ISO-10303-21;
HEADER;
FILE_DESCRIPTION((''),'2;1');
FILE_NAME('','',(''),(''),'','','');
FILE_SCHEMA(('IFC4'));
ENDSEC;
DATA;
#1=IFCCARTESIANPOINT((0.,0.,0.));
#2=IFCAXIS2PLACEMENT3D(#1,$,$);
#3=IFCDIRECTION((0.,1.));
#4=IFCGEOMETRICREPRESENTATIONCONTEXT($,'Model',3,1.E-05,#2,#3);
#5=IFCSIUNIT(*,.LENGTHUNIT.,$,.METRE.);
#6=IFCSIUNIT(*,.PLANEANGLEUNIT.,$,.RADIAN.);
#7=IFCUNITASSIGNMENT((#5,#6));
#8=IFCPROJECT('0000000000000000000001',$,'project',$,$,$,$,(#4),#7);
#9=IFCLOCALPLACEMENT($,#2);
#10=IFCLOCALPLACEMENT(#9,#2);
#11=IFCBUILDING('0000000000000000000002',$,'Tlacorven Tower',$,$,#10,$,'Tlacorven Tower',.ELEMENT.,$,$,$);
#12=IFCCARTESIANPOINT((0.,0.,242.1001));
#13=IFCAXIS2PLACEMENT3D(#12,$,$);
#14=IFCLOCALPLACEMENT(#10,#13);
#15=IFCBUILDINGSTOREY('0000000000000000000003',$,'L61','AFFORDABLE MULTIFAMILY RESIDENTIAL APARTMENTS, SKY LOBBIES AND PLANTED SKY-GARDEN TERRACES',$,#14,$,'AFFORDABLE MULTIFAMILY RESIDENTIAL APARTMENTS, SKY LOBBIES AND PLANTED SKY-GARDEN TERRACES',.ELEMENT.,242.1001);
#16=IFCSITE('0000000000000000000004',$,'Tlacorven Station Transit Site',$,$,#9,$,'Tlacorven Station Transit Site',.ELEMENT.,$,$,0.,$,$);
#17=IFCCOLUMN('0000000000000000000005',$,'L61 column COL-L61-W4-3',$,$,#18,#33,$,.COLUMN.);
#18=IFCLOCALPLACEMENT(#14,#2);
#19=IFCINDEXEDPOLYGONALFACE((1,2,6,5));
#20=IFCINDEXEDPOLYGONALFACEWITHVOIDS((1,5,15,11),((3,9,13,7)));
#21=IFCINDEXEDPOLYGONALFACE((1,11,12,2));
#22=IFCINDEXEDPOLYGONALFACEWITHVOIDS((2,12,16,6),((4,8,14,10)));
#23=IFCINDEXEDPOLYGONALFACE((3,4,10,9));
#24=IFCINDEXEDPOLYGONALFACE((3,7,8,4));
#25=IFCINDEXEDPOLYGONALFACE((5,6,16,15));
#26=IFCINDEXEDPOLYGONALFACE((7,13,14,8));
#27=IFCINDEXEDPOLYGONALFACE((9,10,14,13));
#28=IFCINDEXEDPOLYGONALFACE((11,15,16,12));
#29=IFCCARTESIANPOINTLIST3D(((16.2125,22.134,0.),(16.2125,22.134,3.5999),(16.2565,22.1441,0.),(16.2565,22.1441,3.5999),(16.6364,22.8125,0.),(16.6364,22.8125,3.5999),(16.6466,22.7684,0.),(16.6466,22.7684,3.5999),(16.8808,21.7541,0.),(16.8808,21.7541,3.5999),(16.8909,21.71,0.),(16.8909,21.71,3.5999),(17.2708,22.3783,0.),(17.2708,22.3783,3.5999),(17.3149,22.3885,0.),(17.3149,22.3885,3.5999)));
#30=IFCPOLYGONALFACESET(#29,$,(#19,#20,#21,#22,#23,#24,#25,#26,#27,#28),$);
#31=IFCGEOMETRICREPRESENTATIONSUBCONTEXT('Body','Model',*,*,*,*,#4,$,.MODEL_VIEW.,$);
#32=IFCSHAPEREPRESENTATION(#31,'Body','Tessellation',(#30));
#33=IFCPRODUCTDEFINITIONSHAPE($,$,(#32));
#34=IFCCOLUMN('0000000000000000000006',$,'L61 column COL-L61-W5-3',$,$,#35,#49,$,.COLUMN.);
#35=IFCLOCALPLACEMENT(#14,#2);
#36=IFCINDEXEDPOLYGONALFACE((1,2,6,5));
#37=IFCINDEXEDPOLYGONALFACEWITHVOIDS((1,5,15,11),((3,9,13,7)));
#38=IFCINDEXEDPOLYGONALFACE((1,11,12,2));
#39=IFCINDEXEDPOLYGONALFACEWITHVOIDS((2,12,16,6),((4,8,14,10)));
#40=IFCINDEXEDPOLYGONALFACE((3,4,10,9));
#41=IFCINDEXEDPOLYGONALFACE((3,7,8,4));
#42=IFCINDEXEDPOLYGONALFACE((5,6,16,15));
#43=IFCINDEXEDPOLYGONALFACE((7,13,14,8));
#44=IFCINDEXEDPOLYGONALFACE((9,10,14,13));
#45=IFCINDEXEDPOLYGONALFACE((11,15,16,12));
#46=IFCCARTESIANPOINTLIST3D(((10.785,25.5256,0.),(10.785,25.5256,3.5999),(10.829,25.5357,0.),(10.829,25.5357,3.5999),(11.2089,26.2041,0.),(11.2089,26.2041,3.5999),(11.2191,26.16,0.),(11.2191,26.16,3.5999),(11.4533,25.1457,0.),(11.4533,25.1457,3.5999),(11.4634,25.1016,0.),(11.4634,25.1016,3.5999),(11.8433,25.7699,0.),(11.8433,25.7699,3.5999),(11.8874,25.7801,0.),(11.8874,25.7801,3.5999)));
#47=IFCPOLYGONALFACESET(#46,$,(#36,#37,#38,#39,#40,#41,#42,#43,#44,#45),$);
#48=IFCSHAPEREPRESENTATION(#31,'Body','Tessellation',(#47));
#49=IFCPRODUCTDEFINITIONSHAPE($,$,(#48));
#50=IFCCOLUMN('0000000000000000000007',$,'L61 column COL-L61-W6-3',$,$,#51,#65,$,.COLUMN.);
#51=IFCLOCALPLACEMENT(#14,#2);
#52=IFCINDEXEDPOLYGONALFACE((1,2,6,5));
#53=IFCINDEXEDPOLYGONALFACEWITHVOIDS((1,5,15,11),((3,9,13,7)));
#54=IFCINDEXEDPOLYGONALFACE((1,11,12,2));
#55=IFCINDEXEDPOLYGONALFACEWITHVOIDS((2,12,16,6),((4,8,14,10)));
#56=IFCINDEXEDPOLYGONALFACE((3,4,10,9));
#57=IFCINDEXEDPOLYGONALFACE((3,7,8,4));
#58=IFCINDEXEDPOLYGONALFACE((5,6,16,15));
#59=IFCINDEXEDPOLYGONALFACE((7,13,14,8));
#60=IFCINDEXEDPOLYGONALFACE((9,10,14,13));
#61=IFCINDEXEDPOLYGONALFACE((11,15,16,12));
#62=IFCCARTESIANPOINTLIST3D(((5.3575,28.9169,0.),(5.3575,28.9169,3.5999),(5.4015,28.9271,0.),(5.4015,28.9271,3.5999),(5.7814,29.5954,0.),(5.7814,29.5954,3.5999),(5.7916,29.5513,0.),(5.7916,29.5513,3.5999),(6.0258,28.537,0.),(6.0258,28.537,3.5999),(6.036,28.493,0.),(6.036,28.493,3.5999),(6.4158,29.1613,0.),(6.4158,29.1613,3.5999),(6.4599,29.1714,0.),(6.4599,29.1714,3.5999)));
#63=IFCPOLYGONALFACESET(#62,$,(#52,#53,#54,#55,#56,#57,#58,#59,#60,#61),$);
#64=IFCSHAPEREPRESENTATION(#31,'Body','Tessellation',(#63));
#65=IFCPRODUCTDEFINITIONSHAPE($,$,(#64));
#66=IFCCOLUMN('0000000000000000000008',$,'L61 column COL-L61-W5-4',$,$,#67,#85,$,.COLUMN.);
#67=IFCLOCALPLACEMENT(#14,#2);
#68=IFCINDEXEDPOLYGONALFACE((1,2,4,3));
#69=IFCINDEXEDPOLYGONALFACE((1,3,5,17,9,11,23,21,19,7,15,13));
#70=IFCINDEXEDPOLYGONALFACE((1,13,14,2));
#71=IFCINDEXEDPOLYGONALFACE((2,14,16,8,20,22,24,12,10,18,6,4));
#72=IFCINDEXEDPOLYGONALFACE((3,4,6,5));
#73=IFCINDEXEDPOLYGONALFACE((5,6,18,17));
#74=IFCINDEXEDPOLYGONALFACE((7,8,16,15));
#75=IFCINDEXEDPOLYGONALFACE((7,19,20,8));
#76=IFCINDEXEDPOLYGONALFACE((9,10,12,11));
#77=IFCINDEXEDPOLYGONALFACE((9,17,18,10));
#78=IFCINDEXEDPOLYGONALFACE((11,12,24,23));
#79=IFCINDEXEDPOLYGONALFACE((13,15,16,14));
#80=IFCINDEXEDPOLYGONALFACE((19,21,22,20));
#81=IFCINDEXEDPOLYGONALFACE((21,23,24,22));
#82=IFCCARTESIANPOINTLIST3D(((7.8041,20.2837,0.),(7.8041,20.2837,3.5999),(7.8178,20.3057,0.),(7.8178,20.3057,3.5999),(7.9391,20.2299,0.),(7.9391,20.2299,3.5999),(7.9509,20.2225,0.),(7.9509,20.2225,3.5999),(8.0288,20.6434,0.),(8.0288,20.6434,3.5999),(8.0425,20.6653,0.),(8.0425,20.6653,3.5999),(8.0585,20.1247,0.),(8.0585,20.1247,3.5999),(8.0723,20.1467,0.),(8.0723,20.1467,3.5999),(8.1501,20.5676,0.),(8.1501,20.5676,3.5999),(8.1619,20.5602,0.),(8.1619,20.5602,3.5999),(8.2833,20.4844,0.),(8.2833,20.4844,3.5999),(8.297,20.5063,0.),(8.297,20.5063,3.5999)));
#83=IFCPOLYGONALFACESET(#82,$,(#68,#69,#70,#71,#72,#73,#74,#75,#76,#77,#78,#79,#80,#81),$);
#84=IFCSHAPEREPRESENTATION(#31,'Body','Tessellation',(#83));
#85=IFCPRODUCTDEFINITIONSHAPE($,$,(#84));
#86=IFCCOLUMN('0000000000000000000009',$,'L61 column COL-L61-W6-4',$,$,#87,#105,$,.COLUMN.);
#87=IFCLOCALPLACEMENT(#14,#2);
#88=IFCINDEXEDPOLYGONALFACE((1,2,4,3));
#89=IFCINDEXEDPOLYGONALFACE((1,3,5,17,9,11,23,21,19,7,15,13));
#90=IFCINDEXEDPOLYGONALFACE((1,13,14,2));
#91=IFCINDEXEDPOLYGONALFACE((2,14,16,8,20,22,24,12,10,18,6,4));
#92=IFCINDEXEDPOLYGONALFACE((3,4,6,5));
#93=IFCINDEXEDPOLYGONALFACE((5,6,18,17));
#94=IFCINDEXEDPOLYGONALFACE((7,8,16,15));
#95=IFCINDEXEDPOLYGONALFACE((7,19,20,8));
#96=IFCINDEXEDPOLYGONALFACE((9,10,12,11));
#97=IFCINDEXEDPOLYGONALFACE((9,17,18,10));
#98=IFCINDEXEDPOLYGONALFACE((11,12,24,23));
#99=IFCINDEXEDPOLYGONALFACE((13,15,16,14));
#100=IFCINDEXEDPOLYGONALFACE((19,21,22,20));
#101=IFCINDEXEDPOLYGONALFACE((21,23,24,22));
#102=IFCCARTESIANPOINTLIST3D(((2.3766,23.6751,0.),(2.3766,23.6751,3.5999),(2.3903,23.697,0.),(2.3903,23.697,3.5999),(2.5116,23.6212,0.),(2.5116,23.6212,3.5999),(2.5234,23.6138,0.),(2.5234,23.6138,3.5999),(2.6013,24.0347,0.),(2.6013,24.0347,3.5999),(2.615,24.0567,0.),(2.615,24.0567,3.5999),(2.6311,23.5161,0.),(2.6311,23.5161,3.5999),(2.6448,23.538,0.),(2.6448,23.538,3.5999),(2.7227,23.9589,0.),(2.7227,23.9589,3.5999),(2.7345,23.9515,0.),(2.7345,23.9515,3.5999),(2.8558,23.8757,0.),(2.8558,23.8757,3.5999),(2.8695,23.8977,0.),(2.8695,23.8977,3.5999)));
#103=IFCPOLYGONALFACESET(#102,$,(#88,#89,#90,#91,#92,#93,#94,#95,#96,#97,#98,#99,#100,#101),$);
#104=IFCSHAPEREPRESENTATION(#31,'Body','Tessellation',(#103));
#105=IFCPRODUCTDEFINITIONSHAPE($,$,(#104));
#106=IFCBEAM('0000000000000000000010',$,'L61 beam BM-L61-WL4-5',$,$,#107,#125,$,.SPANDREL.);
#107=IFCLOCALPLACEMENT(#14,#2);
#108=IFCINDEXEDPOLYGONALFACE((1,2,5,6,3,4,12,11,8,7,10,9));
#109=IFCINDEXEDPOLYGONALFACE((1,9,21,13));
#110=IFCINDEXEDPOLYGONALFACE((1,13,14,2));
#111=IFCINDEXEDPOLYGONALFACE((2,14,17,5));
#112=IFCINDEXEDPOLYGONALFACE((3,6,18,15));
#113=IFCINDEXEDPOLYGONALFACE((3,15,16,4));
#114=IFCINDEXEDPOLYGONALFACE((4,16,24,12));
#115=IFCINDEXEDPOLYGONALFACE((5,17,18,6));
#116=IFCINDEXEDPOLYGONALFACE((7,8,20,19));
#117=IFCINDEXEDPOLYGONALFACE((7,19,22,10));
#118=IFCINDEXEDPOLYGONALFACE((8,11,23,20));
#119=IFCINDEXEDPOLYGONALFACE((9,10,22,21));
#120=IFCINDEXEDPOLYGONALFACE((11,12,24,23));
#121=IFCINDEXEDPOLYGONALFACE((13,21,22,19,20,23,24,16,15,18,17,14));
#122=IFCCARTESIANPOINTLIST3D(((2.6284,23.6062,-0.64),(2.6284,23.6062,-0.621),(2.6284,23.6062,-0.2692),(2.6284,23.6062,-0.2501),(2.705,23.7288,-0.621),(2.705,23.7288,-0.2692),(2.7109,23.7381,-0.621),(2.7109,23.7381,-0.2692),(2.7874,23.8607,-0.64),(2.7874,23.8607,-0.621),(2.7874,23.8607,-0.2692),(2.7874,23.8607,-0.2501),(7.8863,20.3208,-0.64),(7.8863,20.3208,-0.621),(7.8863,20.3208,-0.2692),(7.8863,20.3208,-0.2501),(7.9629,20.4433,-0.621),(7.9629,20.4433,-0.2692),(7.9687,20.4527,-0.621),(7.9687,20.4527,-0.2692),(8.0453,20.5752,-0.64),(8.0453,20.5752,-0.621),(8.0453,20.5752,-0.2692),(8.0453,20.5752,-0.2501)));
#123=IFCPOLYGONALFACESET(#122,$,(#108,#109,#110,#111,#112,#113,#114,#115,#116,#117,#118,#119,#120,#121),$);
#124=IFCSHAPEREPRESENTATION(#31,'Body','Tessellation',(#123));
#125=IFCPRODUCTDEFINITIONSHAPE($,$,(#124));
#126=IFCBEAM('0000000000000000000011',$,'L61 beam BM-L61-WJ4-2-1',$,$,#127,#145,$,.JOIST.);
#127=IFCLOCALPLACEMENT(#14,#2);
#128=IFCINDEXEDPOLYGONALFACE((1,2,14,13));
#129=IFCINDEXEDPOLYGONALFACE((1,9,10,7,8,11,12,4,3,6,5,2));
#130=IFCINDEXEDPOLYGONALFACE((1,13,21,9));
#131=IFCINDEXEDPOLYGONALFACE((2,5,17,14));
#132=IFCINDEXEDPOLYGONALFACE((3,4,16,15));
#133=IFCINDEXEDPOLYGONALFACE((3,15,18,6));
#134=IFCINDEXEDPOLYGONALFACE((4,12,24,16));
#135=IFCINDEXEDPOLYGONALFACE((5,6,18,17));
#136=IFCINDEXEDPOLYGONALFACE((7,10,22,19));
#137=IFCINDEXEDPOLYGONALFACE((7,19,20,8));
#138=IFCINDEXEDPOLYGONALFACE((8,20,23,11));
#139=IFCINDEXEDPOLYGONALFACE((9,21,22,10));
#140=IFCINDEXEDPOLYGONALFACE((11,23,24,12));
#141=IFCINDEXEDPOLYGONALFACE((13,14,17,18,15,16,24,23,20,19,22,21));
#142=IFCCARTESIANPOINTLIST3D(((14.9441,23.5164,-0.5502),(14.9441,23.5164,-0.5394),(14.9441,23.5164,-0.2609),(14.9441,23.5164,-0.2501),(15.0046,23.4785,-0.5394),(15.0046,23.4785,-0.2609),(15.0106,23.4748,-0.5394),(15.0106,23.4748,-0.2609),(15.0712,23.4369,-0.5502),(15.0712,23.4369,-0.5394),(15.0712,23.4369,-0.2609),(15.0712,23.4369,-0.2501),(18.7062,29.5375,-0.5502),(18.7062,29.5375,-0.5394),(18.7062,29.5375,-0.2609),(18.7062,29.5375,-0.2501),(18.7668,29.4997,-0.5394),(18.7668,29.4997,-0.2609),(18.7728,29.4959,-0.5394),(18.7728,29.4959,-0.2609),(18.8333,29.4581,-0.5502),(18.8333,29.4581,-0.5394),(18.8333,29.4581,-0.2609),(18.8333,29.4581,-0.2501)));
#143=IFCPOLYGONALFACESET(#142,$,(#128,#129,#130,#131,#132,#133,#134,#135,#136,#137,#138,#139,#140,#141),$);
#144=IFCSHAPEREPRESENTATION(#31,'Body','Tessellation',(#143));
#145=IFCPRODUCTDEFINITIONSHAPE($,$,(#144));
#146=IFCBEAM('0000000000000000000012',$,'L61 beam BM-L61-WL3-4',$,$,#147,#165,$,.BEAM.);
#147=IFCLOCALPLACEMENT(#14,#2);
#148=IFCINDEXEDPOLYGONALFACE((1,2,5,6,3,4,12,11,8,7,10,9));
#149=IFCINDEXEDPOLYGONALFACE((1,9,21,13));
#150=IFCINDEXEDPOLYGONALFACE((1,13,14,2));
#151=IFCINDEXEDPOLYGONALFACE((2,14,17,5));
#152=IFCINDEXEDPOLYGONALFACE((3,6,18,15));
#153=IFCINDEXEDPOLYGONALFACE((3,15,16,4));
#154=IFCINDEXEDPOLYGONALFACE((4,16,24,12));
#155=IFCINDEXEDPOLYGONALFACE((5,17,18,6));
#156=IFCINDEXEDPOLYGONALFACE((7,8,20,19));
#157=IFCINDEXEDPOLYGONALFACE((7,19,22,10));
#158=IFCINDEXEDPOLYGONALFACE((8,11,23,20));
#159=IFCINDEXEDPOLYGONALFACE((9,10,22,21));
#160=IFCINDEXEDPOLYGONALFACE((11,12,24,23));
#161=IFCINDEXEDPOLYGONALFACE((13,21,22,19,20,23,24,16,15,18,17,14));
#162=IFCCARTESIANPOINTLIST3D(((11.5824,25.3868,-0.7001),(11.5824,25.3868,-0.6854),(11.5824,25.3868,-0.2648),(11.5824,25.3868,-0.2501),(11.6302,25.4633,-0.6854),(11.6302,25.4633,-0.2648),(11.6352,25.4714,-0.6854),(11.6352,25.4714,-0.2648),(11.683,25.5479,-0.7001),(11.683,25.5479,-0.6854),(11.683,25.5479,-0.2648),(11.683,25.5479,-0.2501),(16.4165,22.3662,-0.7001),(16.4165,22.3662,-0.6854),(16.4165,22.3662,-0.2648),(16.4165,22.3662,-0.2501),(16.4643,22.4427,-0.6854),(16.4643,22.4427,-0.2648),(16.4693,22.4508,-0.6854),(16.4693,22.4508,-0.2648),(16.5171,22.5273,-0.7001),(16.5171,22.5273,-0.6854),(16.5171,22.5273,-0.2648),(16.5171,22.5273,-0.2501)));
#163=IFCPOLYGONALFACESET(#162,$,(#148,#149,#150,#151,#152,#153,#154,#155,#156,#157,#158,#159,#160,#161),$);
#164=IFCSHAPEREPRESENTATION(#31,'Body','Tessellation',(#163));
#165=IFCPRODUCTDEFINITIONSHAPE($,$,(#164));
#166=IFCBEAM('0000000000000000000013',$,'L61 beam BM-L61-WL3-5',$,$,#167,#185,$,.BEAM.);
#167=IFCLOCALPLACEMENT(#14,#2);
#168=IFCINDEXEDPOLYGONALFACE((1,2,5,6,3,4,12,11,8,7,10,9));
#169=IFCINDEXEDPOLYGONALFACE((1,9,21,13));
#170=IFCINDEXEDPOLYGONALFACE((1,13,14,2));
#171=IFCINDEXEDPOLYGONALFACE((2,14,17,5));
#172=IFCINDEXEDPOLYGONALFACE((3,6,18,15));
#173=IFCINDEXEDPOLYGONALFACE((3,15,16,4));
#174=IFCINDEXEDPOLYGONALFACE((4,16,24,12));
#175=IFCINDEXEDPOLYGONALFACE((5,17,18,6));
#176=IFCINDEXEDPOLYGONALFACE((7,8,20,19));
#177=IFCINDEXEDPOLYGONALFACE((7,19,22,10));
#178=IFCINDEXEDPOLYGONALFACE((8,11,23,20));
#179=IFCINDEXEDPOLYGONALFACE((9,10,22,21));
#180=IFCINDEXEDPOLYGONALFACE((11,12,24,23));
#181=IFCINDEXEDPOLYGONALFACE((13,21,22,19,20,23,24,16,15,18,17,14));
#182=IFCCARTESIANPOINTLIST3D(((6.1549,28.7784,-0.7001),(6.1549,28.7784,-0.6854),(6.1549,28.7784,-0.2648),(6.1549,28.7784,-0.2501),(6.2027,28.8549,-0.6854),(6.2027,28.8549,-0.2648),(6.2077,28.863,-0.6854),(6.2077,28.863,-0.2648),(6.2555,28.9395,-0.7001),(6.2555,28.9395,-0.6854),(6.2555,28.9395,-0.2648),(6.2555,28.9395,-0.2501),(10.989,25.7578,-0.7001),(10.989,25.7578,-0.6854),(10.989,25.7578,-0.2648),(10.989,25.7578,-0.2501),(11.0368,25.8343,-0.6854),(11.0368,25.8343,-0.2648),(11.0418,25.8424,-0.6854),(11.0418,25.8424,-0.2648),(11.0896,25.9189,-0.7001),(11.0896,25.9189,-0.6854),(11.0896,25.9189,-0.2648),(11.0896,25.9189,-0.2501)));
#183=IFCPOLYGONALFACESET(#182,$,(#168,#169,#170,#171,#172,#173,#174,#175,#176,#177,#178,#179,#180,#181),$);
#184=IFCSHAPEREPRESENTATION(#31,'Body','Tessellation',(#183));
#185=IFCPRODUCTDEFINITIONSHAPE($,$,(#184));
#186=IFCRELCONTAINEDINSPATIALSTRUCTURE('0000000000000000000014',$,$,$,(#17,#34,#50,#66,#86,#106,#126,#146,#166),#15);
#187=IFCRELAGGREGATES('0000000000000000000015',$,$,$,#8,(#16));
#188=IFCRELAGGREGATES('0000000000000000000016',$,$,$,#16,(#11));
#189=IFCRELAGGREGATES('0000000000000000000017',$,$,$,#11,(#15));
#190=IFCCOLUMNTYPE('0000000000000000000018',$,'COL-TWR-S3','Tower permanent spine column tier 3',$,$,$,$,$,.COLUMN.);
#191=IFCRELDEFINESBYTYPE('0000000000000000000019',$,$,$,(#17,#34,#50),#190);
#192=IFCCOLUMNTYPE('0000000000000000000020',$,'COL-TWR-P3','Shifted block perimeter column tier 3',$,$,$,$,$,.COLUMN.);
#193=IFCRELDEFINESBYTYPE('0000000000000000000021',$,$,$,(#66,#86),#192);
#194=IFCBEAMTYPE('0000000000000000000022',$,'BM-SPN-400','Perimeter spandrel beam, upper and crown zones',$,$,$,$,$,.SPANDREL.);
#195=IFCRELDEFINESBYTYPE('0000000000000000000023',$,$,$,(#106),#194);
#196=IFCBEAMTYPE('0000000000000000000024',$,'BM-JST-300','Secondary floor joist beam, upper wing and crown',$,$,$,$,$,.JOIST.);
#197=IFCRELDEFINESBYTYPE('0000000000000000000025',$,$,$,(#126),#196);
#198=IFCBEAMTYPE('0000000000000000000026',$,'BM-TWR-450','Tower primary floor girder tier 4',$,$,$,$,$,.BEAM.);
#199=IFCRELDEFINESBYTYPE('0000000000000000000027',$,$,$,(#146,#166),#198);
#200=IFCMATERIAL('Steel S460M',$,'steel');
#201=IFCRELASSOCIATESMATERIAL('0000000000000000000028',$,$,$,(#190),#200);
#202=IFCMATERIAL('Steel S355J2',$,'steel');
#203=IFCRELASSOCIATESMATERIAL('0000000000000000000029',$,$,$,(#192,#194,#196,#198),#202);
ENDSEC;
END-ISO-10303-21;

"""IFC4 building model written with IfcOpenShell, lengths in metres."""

from ifc_helpers import new_model, si_unit, direction, frame, origin, origin_2d, place, context, subcontext, project, spatial, hollow_rectangle, i_section, extrude, source, transform, mapped, material, material_profile, profile_set, type_object, element, save


model = new_model("IFC4")

# Units and contexts
model_context = context("Model", 3, precision=1e-05, world=origin(), true_north=direction((0.0, 1.0)))
body_context = subcontext(model_context, "Body", "Model", "MODEL_VIEW")
ifc_project = project(units=[si_unit("LENGTHUNIT", "METRE"), si_unit("PLANEANGLEUNIT", "RADIAN")], contexts=[model_context])

# Site, building, storey
site_placement = place(None, origin())
site = spatial("IfcSite", under=ifc_project, at=site_placement, Name="Tlacorven Station Transit Site", LongName="Tlacorven Station Transit Site", CompositionType="ELEMENT", RefElevation=0.0)
building_placement = place(site_placement, origin())
building = spatial("IfcBuilding", under=site, at=building_placement, Name="Tlacorven Tower", LongName="Tlacorven Tower", CompositionType="ELEMENT")
storey_placement = place(building_placement, frame((0.0, 0.0, 242.1001)))
storey = spatial("IfcBuildingStorey", under=building, at=storey_placement, Name="L61", Description="AFFORDABLE MULTIFAMILY RESIDENTIAL APARTMENTS, SKY LOBBIES AND PLANTED SKY-GARDEN TERRACES", LongName="AFFORDABLE MULTIFAMILY RESIDENTIAL APARTMENTS, SKY LOBBIES AND PLANTED SKY-GARDEN TERRACES", CompositionType="ELEMENT", Elevation=242.1001)

# Columns
ifc_material_1 = material(Name="Steel S460M", Category="steel")
ifc_material_profile_1 = material_profile(ifc_material_1, hollow_rectangle(XDim=0.8, YDim=0.8, WallThickness=0.032, at=origin_2d()), Name="BOX 800X800X32")
ifc_profile_set_1 = profile_set([ifc_material_profile_1], Name="Steel S460M")
column_type_1 = type_object("IfcColumnType", Name="COL-TWR-S3", Description="Tower permanent spine column tier 3", PredefinedType="COLUMN", material=ifc_profile_set_1)
shared_shape_1 = source(origin(), body_context, "Body", "SweptSolid", [
    extrude(hollow_rectangle(XDim=0.8, YDim=0.8, WallThickness=0.032, at=origin_2d()), origin(), (0.0, 0.0, 1.0), 3.5999),
])
for number, where, z_axis, x_axis, name in (
    (1, (16.7637, 22.2612, 0.0), (0.0, 0.0, 1.0), (-0.848048, 0.529919, 0.0), "L61 column COL-L61-W4-3"),
    (2, (11.3362, 25.6528, 0.0), (0.0, 0.0, 1.0), (-0.848048, 0.529919, 0.0), "L61 column COL-L61-W5-3"),
    (3, (5.9087, 29.0442, 0.0), (0.0, 0.0, 1.0), (-0.848048, 0.529919, 0.0), "L61 column COL-L61-W6-3"),
):
    element("IfcColumn", number, at=place(storey_placement, frame(where, z_axis=z_axis, x_axis=x_axis)), inside=storey, type_object=column_type_1, Name=name, PredefinedType="COLUMN", context=body_context, shape_type="MappedRepresentation", body=[
        mapped(shared_shape_1, transform((0.0, 0.0, 0.0), scale=1.0)),
    ])
ifc_material_2 = material(Name="Steel S355J2", Category="steel")
ifc_material_profile_2 = material_profile(ifc_material_2, i_section(OverallWidth=0.3, OverallDepth=0.45, WebThickness=0.0139, FlangeThickness=0.0259, at=origin_2d()), Name="HEB 450")
ifc_profile_set_2 = profile_set([ifc_material_profile_2], Name="Steel S355J2")
column_type_2 = type_object("IfcColumnType", Name="COL-TWR-P3", Description="Shifted block perimeter column tier 3", PredefinedType="COLUMN", material=ifc_profile_set_2)
shared_shape_2 = source(origin(), body_context, "Body", "SweptSolid", [
    extrude(i_section(OverallWidth=0.3, OverallDepth=0.45, WebThickness=0.0139, FlangeThickness=0.0259, at=origin_2d()), origin(), (0.0, 0.0, 1.0), 3.5999),
])
for number, where, z_axis, x_axis, name in (
    (4, (8.0505, 20.395, 0.0), (0.0, 0.0, 1.0), (-0.848048, 0.529919, 0.0), "L61 column COL-L61-W5-4"),
    (5, (2.623, 23.7864, 0.0), (0.0, 0.0, 1.0), (-0.848048, 0.529919, 0.0), "L61 column COL-L61-W6-4"),
):
    element("IfcColumn", number, at=place(storey_placement, frame(where, z_axis=z_axis, x_axis=x_axis)), inside=storey, type_object=column_type_2, Name=name, PredefinedType="COLUMN", context=body_context, shape_type="MappedRepresentation", body=[
        mapped(shared_shape_2, transform((0.0, 0.0, 0.0), scale=1.0)),
    ])

# Beams
ifc_material_profile_3 = material_profile(ifc_material_2, i_section(OverallWidth=0.3, OverallDepth=0.3899, WebThickness=0.011, FlangeThickness=0.019, at=origin_2d()), Name="HEA 400")
ifc_profile_set_3 = profile_set([ifc_material_profile_3], Name="Steel S355J2")
beam_type_1 = type_object("IfcBeamType", Name="BM-SPN-400", Description="Perimeter spandrel beam, upper and crown zones", PredefinedType="SPANDREL", material=ifc_profile_set_3)
shared_shape_3 = source(origin(), body_context, "Body", "SweptSolid", [
    extrude(i_section(OverallWidth=0.3, OverallDepth=0.3899, WebThickness=0.011, FlangeThickness=0.019, at=origin_2d()), origin(), (0.0, 0.0, 1.0), 6.2),
])
beam_1_placement = place(storey_placement, frame((7.9658, 20.448, -0.4451), z_axis=(-0.848051, 0.529914, 0.0), x_axis=(-0.529914, -0.848051, 0.0)))
element("IfcBeam", 6, at=beam_1_placement, inside=storey, type_object=beam_type_1, Name="L61 beam BM-L61-WL4-5", PredefinedType="SPANDREL", context=body_context, shape_type="MappedRepresentation", body=[
    mapped(shared_shape_3, transform((0.0, 0.0, 0.0), scale=1.0)),
])
ifc_material_profile_4 = material_profile(ifc_material_2, i_section(OverallWidth=0.1499, OverallDepth=0.3, WebThickness=0.0071, FlangeThickness=0.0107, at=origin_2d()), Name="IPE 300")
ifc_profile_set_4 = profile_set([ifc_material_profile_4], Name="Steel S355J2")
beam_type_2 = type_object("IfcBeamType", Name="BM-JST-300", Description="Secondary floor joist beam, upper wing and crown", PredefinedType="JOIST", material=ifc_profile_set_4)
shared_shape_4 = source(origin(), body_context, "Body", "SweptSolid", [
    extrude(i_section(OverallWidth=0.1499, OverallDepth=0.3, WebThickness=0.0071, FlangeThickness=0.0107, at=origin_2d()), origin(), (0.0, 0.0, 1.0), 7.0999),
])
beam_2_placement = place(storey_placement, frame((18.7698, 29.4978, -0.4001), z_axis=(-0.529891, -0.848066, 0.0), x_axis=(0.848066, -0.529891, 0.0)))
element("IfcBeam", 7, at=beam_2_placement, inside=storey, type_object=beam_type_2, Name="L61 beam BM-L61-WJ4-2-1", PredefinedType="JOIST", context=body_context, shape_type="MappedRepresentation", body=[
    mapped(shared_shape_4, transform((0.0, 0.0, 0.0), scale=1.0)),
])
ifc_material_profile_5 = material_profile(ifc_material_2, i_section(OverallWidth=0.1899, OverallDepth=0.45, WebThickness=0.0095, FlangeThickness=0.0146, at=origin_2d()), Name="IPE 450")
ifc_profile_set_5 = profile_set([ifc_material_profile_5], Name="Steel S355J2")
beam_type_3 = type_object("IfcBeamType", Name="BM-TWR-450", Description="Tower primary floor girder tier 4", PredefinedType="BEAM", material=ifc_profile_set_5)
shared_shape_5 = source(origin(), body_context, "Body", "SweptSolid", [
    extrude(i_section(OverallWidth=0.1899, OverallDepth=0.45, WebThickness=0.0095, FlangeThickness=0.0146, at=origin_2d()), origin(), (0.0, 0.0, 1.0), 5.7002),
])
for number, where, z_axis, x_axis, name in (
    (8, (16.4668, 22.4468, -0.4751), (-0.848056, 0.529907, 0.0), (-0.529907, -0.848056, 0.0), "L61 beam BM-L61-WL3-4"),
    (9, (11.0393, 25.8384, -0.4751), (-0.848056, 0.529907, 0.0), (-0.529907, -0.848056, 0.0), "L61 beam BM-L61-WL3-5"),
):
    element("IfcBeam", number, at=place(storey_placement, frame(where, z_axis=z_axis, x_axis=x_axis)), inside=storey, type_object=beam_type_3, Name=name, PredefinedType="BEAM", context=body_context, shape_type="MappedRepresentation", body=[
        mapped(shared_shape_5, transform((0.0, 0.0, 0.0), scale=1.0)),
    ])

save(model, "model.ifc")
